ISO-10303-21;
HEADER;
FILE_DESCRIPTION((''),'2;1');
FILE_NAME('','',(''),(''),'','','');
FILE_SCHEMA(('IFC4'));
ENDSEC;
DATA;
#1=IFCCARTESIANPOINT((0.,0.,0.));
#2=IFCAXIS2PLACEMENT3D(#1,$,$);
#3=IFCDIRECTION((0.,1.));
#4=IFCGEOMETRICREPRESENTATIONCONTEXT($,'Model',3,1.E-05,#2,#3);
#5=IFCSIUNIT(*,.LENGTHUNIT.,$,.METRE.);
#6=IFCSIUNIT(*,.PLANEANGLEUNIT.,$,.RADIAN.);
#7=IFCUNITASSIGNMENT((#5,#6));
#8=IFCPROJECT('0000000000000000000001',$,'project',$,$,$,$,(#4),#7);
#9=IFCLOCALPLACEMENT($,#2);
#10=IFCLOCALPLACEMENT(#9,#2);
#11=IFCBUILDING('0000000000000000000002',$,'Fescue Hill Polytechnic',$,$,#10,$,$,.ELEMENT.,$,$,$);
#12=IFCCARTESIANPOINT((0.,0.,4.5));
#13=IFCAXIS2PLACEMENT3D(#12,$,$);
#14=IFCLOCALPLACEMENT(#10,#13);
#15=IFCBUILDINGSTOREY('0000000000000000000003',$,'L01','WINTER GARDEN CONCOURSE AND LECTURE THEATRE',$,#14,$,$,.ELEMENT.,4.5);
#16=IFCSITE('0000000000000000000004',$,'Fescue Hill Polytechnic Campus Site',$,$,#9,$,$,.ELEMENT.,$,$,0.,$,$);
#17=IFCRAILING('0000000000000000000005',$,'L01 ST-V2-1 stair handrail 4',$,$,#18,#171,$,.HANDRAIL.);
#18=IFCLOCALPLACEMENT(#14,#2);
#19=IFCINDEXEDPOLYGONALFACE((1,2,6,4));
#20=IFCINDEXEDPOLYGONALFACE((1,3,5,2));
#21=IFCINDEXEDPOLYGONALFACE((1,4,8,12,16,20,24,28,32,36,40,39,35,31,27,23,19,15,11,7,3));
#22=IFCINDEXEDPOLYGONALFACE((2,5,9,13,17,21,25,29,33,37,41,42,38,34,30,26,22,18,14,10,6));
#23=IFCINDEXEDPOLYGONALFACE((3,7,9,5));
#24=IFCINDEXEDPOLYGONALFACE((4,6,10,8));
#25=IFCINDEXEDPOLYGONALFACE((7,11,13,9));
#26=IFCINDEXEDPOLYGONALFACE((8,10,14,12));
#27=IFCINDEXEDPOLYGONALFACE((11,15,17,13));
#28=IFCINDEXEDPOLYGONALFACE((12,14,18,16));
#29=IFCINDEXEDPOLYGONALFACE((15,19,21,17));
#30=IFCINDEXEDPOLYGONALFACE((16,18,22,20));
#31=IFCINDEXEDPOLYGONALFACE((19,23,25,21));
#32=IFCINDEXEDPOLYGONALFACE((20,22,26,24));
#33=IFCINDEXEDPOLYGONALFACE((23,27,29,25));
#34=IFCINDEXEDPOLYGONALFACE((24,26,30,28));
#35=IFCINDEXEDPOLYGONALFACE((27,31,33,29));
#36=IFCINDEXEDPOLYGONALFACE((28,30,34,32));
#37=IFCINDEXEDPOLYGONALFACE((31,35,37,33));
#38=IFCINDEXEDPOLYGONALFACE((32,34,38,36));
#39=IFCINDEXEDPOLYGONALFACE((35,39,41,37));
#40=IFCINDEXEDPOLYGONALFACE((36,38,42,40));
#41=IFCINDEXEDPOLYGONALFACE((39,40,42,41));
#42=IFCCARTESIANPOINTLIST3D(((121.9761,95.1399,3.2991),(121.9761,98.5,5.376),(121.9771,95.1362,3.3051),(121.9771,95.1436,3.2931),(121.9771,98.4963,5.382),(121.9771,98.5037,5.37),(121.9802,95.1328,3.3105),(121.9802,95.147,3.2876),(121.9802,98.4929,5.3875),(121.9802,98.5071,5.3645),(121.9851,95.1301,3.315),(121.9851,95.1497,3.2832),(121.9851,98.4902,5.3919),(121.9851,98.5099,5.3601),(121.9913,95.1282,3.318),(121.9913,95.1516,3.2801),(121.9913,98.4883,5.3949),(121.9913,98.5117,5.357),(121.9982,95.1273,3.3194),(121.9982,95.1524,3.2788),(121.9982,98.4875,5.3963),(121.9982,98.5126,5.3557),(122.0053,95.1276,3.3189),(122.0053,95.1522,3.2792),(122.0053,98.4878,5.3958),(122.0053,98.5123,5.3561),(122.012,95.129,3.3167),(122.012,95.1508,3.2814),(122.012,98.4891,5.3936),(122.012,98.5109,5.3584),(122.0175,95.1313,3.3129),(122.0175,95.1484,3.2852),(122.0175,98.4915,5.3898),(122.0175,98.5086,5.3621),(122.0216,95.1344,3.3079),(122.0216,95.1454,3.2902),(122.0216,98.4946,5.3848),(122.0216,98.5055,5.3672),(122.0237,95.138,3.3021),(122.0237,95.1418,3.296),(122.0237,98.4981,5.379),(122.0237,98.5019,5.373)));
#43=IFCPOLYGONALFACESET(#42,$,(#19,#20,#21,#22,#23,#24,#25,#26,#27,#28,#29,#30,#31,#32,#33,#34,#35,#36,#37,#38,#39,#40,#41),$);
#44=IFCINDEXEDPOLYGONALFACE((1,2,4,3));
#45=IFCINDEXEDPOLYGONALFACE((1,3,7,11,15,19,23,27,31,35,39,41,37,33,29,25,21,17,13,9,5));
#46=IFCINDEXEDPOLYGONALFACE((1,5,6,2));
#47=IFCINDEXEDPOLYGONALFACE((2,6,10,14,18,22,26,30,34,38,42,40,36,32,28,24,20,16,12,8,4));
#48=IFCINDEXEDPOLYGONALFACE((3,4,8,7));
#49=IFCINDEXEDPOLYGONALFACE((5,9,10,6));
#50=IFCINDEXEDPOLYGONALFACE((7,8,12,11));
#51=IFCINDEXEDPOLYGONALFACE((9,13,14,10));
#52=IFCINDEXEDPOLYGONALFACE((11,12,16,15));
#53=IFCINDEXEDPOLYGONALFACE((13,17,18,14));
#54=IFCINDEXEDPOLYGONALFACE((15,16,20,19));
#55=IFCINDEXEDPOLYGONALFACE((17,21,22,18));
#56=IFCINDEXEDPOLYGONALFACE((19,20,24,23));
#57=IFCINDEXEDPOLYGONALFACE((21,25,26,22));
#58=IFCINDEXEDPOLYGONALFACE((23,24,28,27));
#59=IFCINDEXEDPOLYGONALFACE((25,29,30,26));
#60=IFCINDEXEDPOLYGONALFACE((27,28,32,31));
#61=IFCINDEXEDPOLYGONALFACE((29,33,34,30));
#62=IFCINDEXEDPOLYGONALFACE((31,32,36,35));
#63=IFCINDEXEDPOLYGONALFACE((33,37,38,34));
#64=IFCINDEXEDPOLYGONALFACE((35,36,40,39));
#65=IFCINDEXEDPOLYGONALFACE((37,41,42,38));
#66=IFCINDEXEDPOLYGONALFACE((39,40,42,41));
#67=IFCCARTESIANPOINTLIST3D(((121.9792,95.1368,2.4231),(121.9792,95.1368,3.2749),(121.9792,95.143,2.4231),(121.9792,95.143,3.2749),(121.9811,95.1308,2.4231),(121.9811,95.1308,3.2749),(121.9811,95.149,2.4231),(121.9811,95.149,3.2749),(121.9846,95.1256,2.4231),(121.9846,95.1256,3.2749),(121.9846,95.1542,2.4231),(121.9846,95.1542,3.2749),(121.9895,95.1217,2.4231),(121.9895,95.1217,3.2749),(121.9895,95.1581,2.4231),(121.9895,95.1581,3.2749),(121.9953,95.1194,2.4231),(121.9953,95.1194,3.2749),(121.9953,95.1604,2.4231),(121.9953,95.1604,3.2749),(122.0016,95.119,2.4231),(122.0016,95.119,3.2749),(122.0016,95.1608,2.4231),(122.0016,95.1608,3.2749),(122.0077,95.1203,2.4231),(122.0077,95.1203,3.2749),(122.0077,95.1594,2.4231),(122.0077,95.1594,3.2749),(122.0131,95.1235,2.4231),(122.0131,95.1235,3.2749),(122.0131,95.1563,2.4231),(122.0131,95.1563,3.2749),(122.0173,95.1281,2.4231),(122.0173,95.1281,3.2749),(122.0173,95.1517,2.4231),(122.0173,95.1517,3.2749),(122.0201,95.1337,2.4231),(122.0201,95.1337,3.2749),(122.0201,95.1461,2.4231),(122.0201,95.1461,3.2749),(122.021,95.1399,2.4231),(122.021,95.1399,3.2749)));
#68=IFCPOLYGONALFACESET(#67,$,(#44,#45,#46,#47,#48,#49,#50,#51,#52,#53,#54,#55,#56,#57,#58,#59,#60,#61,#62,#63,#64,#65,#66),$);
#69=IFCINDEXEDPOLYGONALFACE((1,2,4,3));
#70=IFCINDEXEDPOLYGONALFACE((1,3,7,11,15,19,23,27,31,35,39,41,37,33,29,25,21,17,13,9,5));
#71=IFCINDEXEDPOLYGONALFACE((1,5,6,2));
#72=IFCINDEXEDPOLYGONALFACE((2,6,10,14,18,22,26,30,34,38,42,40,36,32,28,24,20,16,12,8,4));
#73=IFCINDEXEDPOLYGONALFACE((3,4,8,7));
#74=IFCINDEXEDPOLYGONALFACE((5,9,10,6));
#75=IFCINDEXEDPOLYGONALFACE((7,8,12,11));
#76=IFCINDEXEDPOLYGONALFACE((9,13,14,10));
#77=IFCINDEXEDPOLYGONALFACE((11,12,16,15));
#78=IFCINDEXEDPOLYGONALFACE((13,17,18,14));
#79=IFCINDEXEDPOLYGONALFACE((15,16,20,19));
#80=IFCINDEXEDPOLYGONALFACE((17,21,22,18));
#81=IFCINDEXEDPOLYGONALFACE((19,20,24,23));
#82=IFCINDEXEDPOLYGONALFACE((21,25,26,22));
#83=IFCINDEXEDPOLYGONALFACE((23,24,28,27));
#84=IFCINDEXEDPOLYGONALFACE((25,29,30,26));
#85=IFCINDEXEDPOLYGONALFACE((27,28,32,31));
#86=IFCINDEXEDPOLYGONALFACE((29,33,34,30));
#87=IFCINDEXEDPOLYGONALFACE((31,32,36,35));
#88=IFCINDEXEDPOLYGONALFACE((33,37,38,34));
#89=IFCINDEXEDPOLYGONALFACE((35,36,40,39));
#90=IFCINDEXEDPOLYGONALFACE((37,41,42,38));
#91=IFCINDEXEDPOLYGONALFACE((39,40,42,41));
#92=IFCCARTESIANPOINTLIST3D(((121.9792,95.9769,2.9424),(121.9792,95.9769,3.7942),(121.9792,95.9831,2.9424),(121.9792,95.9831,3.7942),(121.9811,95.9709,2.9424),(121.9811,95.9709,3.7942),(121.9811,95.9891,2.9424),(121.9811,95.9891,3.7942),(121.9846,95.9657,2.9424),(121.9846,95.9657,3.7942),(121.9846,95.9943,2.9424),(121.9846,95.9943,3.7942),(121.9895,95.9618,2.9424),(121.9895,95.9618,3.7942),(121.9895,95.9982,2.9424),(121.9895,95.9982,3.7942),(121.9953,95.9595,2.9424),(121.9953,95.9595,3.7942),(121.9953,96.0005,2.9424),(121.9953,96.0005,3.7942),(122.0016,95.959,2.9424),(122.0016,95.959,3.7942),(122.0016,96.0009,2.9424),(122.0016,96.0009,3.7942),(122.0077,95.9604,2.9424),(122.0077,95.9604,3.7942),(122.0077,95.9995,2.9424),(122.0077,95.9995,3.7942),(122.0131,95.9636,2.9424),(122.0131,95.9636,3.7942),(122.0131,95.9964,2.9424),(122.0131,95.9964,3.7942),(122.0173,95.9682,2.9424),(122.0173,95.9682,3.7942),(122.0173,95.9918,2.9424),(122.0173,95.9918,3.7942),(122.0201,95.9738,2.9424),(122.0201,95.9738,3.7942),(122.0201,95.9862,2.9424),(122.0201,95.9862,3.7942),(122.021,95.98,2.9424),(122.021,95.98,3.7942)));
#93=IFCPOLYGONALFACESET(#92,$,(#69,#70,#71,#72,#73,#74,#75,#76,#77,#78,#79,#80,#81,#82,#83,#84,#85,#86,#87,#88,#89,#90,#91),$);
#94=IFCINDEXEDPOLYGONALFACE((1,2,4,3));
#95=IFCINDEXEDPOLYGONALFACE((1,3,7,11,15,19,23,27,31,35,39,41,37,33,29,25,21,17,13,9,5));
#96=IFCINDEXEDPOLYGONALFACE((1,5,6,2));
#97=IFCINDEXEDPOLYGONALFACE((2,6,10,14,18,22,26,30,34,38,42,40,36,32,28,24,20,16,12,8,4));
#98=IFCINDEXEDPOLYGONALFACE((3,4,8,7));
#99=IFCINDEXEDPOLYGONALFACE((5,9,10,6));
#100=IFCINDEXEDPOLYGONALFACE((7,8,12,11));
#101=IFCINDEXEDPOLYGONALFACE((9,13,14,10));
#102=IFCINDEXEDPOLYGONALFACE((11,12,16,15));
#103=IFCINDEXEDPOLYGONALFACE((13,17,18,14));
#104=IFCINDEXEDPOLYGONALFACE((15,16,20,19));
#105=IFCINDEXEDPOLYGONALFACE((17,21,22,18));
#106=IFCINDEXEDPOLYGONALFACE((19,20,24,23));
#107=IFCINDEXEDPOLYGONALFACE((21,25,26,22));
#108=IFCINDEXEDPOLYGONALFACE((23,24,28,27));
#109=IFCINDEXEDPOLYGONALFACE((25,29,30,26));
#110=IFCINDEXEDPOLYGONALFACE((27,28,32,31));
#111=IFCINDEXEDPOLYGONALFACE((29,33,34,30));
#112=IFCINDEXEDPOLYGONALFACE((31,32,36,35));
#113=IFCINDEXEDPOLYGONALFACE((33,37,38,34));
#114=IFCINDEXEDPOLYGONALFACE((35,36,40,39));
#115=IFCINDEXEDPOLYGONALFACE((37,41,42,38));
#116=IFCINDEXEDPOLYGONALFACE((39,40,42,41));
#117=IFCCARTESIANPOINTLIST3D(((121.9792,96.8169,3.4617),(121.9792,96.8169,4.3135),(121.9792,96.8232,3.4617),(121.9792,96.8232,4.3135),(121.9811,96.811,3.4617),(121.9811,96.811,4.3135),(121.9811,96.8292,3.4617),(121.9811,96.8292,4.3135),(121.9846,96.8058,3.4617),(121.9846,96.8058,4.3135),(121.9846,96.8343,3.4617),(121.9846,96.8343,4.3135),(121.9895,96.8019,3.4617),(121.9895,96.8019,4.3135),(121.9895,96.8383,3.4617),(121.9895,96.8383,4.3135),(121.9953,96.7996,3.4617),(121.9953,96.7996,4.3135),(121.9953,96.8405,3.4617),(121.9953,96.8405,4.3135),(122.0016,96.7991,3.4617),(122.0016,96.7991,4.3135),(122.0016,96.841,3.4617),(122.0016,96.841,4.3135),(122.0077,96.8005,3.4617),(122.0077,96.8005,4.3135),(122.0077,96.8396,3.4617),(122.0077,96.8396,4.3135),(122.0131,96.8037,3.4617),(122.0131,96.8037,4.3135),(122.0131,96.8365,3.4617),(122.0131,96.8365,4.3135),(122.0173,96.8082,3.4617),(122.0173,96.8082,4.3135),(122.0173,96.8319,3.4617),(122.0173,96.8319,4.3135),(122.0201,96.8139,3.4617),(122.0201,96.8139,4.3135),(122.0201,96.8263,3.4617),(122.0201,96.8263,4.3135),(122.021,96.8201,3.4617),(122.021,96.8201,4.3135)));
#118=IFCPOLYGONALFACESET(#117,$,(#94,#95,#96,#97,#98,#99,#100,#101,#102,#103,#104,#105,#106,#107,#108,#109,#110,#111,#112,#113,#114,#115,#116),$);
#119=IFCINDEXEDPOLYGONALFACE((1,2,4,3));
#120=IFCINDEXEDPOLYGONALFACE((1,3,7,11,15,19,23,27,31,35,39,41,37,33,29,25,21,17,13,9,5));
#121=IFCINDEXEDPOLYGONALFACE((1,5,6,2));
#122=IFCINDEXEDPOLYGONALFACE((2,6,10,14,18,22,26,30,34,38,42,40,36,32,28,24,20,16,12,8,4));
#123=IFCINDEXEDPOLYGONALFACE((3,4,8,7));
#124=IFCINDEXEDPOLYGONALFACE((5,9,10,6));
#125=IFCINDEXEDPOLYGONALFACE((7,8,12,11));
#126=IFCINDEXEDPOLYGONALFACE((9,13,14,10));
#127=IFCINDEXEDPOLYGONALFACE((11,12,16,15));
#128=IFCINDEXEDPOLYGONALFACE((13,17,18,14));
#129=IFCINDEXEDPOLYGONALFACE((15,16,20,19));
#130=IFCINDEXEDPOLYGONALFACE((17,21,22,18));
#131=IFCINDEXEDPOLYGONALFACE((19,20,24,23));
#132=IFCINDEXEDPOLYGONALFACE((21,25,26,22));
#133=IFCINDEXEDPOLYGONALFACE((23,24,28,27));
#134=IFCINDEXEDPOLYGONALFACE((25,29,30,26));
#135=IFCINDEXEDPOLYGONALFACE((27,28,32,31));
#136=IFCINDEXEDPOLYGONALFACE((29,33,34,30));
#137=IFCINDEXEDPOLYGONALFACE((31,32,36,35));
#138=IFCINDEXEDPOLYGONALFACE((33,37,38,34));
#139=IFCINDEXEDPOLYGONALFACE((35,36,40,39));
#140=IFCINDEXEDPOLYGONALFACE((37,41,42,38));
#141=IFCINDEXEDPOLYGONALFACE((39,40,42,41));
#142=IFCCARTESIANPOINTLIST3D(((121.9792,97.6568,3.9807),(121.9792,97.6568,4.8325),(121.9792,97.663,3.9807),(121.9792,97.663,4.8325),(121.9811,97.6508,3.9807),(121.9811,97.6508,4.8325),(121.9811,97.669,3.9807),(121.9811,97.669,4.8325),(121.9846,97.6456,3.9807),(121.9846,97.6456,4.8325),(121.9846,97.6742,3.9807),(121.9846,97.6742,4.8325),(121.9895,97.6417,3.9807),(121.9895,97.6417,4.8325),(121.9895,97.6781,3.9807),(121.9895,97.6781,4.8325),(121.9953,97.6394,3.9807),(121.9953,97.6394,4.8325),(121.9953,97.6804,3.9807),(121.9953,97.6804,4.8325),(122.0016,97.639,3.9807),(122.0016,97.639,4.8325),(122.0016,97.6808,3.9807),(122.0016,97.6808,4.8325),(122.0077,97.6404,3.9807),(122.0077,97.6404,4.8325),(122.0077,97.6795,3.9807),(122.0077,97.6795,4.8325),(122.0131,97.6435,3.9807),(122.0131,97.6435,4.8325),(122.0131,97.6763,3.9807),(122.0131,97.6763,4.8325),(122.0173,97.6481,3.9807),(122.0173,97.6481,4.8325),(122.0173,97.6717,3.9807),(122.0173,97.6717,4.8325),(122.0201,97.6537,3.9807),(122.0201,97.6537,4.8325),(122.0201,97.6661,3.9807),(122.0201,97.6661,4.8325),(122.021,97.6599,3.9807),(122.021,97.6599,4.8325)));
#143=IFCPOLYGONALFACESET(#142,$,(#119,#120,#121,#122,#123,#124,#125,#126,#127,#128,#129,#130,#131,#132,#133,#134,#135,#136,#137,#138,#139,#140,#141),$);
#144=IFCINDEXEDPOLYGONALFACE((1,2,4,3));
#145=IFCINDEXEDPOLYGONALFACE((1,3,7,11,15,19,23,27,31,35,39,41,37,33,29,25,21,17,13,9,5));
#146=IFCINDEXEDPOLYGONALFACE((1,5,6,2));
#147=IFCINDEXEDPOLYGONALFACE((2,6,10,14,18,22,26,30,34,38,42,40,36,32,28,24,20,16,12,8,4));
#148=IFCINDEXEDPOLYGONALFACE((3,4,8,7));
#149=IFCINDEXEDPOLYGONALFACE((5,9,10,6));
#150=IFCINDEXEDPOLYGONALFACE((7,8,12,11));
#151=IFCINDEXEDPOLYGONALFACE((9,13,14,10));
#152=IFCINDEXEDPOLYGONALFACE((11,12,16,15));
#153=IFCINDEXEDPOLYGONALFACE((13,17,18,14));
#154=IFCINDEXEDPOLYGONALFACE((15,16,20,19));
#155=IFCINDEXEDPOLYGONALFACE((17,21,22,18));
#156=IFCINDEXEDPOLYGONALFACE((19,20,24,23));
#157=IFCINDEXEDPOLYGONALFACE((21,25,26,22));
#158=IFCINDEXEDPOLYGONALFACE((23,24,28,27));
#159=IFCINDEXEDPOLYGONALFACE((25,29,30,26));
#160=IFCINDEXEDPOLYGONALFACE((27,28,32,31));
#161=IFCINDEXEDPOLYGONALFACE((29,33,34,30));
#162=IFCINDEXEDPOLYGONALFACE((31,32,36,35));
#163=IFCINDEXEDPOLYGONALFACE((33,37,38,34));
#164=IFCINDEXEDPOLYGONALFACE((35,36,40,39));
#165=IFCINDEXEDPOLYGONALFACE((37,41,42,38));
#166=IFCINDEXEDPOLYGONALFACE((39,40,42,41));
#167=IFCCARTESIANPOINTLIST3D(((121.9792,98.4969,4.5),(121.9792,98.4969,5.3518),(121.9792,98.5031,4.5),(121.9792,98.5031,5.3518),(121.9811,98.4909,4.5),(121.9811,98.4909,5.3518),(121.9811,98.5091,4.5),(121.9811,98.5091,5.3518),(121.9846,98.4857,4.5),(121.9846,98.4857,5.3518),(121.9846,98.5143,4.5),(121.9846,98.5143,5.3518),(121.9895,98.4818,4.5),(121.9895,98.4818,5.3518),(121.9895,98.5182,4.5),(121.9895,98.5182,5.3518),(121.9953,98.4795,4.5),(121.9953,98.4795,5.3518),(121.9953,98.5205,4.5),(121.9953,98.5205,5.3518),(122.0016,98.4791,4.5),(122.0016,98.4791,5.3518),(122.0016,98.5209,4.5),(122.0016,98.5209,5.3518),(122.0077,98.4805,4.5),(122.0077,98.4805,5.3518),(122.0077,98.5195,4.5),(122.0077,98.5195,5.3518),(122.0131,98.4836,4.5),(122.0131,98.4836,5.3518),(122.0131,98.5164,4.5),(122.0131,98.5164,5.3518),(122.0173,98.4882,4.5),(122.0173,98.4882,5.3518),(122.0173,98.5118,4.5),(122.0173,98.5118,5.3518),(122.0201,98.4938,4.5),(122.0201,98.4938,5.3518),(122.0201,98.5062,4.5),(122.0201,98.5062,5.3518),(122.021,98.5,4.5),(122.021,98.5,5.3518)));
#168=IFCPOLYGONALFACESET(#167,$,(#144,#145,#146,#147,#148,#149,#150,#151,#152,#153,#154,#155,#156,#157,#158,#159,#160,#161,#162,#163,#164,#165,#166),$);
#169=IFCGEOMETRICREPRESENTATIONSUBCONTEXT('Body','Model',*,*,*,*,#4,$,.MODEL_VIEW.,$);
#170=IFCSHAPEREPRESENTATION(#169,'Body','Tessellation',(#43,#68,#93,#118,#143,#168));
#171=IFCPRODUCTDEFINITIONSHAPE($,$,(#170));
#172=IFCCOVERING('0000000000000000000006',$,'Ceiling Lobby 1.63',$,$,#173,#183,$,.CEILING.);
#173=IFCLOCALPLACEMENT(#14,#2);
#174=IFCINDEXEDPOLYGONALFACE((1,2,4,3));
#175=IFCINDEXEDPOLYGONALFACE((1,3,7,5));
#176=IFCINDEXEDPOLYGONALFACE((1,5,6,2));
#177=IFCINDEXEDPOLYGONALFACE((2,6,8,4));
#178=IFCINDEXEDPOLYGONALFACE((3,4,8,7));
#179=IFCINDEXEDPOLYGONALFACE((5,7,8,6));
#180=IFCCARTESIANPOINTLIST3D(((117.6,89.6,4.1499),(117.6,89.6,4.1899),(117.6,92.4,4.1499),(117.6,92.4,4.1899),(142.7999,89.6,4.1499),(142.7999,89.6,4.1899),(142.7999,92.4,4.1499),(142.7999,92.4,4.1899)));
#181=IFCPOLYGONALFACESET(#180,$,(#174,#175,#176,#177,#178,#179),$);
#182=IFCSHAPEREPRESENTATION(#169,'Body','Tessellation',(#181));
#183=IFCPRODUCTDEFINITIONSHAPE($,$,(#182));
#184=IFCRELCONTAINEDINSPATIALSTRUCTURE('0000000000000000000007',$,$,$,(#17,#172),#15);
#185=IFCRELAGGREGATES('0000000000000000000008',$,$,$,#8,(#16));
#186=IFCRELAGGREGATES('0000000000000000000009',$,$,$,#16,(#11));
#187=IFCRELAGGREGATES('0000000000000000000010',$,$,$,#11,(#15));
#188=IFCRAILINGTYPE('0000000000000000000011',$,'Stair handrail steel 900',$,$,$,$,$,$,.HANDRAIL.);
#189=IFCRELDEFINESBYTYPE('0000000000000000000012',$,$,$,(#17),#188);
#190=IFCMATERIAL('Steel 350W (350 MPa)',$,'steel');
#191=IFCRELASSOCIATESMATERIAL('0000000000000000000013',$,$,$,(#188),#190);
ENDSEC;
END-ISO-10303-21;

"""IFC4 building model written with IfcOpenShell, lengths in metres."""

from ifc_helpers import new_model, si_unit, direction, frame, origin, origin_2d, place, context, subcontext, project, spatial, rectangle, circle, extrude, material, type_object, element, save


model = new_model("IFC4")

# Units and contexts
model_context = context("Model", 3, precision=1e-05, world=origin(), true_north=direction((0.0, 1.0)))
body_context = subcontext(model_context, "Body", "Model", "MODEL_VIEW")
ifc_project = project(units=[si_unit("LENGTHUNIT", "METRE"), si_unit("PLANEANGLEUNIT", "RADIAN")], contexts=[model_context])

# Site, building, storey
site_placement = place(None, origin())
site = spatial("IfcSite", under=ifc_project, at=site_placement, Name="Fescue Hill Polytechnic Campus Site", CompositionType="ELEMENT", RefElevation=0.0)
building_placement = place(site_placement, origin())
building = spatial("IfcBuilding", under=site, at=building_placement, Name="Fescue Hill Polytechnic", CompositionType="ELEMENT")
storey_placement = place(building_placement, frame((0.0, 0.0, 4.5)))
storey = spatial("IfcBuildingStorey", under=building, at=storey_placement, Name="L01", Description="WINTER GARDEN CONCOURSE AND LECTURE THEATRE", CompositionType="ELEMENT", Elevation=4.5)

# Railing
ifc_material_1 = material(Name="Steel 350W (350 MPa)", Category="steel")
railing_type_1 = type_object("IfcRailingType", Name="Stair handrail steel 900", PredefinedType="HANDRAIL", material=ifc_material_1)
railing_1_placement = place(storey_placement, frame((122.0, 95.1399, 2.4231)))
element("IfcRailing", 1, at=railing_1_placement, inside=storey, type_object=railing_type_1, Name="L01 ST-V2-1 stair handrail 4", PredefinedType="HANDRAIL", context=body_context, shape_type="SweptSolid", body=[
    extrude(circle(Radius=0.0239, at=origin_2d()), frame((0.0, 0.0, 0.876), z_axis=(0.0, 0.850623, 0.525776), x_axis=(-1.0, 0.0, 0.0)), (0.0, 0.0, 1.0), 3.9502),
    extrude(circle(Radius=0.021, at=origin_2d()), origin(), (0.0, 0.0, 1.0), 0.8518),
    extrude(circle(Radius=0.021, at=origin_2d()), frame((0.0, 0.8401, 0.5193)), (0.0, 0.0, 1.0), 0.8518),
    extrude(circle(Radius=0.021, at=origin_2d()), frame((0.0, 1.6802, 1.0386)), (0.0, 0.0, 1.0), 0.8518),
    extrude(circle(Radius=0.021, at=origin_2d()), frame((0.0, 2.52, 1.5576)), (0.0, 0.0, 1.0), 0.8518),
    extrude(circle(Radius=0.021, at=origin_2d()), frame((0.0, 3.3601, 2.0769)), (0.0, 0.0, 1.0), 0.8518),
])

# Covering
covering_placement = place(storey_placement, frame((130.2, 91.0, 4.1499), z_axis=(0.0, 0.0, 1.0), x_axis=(1.0, 0.0, 0.0)))
element("IfcCovering", 2, at=covering_placement, inside=storey, Name="Ceiling Lobby 1.63", PredefinedType="CEILING", context=body_context, shape_type="SweptSolid", body=[
    extrude(rectangle(XDim=25.2, YDim=2.8, at=origin_2d()), origin(), (0.0, 0.0, 1.0), 0.04),
])

save(model, "model.ifc")
